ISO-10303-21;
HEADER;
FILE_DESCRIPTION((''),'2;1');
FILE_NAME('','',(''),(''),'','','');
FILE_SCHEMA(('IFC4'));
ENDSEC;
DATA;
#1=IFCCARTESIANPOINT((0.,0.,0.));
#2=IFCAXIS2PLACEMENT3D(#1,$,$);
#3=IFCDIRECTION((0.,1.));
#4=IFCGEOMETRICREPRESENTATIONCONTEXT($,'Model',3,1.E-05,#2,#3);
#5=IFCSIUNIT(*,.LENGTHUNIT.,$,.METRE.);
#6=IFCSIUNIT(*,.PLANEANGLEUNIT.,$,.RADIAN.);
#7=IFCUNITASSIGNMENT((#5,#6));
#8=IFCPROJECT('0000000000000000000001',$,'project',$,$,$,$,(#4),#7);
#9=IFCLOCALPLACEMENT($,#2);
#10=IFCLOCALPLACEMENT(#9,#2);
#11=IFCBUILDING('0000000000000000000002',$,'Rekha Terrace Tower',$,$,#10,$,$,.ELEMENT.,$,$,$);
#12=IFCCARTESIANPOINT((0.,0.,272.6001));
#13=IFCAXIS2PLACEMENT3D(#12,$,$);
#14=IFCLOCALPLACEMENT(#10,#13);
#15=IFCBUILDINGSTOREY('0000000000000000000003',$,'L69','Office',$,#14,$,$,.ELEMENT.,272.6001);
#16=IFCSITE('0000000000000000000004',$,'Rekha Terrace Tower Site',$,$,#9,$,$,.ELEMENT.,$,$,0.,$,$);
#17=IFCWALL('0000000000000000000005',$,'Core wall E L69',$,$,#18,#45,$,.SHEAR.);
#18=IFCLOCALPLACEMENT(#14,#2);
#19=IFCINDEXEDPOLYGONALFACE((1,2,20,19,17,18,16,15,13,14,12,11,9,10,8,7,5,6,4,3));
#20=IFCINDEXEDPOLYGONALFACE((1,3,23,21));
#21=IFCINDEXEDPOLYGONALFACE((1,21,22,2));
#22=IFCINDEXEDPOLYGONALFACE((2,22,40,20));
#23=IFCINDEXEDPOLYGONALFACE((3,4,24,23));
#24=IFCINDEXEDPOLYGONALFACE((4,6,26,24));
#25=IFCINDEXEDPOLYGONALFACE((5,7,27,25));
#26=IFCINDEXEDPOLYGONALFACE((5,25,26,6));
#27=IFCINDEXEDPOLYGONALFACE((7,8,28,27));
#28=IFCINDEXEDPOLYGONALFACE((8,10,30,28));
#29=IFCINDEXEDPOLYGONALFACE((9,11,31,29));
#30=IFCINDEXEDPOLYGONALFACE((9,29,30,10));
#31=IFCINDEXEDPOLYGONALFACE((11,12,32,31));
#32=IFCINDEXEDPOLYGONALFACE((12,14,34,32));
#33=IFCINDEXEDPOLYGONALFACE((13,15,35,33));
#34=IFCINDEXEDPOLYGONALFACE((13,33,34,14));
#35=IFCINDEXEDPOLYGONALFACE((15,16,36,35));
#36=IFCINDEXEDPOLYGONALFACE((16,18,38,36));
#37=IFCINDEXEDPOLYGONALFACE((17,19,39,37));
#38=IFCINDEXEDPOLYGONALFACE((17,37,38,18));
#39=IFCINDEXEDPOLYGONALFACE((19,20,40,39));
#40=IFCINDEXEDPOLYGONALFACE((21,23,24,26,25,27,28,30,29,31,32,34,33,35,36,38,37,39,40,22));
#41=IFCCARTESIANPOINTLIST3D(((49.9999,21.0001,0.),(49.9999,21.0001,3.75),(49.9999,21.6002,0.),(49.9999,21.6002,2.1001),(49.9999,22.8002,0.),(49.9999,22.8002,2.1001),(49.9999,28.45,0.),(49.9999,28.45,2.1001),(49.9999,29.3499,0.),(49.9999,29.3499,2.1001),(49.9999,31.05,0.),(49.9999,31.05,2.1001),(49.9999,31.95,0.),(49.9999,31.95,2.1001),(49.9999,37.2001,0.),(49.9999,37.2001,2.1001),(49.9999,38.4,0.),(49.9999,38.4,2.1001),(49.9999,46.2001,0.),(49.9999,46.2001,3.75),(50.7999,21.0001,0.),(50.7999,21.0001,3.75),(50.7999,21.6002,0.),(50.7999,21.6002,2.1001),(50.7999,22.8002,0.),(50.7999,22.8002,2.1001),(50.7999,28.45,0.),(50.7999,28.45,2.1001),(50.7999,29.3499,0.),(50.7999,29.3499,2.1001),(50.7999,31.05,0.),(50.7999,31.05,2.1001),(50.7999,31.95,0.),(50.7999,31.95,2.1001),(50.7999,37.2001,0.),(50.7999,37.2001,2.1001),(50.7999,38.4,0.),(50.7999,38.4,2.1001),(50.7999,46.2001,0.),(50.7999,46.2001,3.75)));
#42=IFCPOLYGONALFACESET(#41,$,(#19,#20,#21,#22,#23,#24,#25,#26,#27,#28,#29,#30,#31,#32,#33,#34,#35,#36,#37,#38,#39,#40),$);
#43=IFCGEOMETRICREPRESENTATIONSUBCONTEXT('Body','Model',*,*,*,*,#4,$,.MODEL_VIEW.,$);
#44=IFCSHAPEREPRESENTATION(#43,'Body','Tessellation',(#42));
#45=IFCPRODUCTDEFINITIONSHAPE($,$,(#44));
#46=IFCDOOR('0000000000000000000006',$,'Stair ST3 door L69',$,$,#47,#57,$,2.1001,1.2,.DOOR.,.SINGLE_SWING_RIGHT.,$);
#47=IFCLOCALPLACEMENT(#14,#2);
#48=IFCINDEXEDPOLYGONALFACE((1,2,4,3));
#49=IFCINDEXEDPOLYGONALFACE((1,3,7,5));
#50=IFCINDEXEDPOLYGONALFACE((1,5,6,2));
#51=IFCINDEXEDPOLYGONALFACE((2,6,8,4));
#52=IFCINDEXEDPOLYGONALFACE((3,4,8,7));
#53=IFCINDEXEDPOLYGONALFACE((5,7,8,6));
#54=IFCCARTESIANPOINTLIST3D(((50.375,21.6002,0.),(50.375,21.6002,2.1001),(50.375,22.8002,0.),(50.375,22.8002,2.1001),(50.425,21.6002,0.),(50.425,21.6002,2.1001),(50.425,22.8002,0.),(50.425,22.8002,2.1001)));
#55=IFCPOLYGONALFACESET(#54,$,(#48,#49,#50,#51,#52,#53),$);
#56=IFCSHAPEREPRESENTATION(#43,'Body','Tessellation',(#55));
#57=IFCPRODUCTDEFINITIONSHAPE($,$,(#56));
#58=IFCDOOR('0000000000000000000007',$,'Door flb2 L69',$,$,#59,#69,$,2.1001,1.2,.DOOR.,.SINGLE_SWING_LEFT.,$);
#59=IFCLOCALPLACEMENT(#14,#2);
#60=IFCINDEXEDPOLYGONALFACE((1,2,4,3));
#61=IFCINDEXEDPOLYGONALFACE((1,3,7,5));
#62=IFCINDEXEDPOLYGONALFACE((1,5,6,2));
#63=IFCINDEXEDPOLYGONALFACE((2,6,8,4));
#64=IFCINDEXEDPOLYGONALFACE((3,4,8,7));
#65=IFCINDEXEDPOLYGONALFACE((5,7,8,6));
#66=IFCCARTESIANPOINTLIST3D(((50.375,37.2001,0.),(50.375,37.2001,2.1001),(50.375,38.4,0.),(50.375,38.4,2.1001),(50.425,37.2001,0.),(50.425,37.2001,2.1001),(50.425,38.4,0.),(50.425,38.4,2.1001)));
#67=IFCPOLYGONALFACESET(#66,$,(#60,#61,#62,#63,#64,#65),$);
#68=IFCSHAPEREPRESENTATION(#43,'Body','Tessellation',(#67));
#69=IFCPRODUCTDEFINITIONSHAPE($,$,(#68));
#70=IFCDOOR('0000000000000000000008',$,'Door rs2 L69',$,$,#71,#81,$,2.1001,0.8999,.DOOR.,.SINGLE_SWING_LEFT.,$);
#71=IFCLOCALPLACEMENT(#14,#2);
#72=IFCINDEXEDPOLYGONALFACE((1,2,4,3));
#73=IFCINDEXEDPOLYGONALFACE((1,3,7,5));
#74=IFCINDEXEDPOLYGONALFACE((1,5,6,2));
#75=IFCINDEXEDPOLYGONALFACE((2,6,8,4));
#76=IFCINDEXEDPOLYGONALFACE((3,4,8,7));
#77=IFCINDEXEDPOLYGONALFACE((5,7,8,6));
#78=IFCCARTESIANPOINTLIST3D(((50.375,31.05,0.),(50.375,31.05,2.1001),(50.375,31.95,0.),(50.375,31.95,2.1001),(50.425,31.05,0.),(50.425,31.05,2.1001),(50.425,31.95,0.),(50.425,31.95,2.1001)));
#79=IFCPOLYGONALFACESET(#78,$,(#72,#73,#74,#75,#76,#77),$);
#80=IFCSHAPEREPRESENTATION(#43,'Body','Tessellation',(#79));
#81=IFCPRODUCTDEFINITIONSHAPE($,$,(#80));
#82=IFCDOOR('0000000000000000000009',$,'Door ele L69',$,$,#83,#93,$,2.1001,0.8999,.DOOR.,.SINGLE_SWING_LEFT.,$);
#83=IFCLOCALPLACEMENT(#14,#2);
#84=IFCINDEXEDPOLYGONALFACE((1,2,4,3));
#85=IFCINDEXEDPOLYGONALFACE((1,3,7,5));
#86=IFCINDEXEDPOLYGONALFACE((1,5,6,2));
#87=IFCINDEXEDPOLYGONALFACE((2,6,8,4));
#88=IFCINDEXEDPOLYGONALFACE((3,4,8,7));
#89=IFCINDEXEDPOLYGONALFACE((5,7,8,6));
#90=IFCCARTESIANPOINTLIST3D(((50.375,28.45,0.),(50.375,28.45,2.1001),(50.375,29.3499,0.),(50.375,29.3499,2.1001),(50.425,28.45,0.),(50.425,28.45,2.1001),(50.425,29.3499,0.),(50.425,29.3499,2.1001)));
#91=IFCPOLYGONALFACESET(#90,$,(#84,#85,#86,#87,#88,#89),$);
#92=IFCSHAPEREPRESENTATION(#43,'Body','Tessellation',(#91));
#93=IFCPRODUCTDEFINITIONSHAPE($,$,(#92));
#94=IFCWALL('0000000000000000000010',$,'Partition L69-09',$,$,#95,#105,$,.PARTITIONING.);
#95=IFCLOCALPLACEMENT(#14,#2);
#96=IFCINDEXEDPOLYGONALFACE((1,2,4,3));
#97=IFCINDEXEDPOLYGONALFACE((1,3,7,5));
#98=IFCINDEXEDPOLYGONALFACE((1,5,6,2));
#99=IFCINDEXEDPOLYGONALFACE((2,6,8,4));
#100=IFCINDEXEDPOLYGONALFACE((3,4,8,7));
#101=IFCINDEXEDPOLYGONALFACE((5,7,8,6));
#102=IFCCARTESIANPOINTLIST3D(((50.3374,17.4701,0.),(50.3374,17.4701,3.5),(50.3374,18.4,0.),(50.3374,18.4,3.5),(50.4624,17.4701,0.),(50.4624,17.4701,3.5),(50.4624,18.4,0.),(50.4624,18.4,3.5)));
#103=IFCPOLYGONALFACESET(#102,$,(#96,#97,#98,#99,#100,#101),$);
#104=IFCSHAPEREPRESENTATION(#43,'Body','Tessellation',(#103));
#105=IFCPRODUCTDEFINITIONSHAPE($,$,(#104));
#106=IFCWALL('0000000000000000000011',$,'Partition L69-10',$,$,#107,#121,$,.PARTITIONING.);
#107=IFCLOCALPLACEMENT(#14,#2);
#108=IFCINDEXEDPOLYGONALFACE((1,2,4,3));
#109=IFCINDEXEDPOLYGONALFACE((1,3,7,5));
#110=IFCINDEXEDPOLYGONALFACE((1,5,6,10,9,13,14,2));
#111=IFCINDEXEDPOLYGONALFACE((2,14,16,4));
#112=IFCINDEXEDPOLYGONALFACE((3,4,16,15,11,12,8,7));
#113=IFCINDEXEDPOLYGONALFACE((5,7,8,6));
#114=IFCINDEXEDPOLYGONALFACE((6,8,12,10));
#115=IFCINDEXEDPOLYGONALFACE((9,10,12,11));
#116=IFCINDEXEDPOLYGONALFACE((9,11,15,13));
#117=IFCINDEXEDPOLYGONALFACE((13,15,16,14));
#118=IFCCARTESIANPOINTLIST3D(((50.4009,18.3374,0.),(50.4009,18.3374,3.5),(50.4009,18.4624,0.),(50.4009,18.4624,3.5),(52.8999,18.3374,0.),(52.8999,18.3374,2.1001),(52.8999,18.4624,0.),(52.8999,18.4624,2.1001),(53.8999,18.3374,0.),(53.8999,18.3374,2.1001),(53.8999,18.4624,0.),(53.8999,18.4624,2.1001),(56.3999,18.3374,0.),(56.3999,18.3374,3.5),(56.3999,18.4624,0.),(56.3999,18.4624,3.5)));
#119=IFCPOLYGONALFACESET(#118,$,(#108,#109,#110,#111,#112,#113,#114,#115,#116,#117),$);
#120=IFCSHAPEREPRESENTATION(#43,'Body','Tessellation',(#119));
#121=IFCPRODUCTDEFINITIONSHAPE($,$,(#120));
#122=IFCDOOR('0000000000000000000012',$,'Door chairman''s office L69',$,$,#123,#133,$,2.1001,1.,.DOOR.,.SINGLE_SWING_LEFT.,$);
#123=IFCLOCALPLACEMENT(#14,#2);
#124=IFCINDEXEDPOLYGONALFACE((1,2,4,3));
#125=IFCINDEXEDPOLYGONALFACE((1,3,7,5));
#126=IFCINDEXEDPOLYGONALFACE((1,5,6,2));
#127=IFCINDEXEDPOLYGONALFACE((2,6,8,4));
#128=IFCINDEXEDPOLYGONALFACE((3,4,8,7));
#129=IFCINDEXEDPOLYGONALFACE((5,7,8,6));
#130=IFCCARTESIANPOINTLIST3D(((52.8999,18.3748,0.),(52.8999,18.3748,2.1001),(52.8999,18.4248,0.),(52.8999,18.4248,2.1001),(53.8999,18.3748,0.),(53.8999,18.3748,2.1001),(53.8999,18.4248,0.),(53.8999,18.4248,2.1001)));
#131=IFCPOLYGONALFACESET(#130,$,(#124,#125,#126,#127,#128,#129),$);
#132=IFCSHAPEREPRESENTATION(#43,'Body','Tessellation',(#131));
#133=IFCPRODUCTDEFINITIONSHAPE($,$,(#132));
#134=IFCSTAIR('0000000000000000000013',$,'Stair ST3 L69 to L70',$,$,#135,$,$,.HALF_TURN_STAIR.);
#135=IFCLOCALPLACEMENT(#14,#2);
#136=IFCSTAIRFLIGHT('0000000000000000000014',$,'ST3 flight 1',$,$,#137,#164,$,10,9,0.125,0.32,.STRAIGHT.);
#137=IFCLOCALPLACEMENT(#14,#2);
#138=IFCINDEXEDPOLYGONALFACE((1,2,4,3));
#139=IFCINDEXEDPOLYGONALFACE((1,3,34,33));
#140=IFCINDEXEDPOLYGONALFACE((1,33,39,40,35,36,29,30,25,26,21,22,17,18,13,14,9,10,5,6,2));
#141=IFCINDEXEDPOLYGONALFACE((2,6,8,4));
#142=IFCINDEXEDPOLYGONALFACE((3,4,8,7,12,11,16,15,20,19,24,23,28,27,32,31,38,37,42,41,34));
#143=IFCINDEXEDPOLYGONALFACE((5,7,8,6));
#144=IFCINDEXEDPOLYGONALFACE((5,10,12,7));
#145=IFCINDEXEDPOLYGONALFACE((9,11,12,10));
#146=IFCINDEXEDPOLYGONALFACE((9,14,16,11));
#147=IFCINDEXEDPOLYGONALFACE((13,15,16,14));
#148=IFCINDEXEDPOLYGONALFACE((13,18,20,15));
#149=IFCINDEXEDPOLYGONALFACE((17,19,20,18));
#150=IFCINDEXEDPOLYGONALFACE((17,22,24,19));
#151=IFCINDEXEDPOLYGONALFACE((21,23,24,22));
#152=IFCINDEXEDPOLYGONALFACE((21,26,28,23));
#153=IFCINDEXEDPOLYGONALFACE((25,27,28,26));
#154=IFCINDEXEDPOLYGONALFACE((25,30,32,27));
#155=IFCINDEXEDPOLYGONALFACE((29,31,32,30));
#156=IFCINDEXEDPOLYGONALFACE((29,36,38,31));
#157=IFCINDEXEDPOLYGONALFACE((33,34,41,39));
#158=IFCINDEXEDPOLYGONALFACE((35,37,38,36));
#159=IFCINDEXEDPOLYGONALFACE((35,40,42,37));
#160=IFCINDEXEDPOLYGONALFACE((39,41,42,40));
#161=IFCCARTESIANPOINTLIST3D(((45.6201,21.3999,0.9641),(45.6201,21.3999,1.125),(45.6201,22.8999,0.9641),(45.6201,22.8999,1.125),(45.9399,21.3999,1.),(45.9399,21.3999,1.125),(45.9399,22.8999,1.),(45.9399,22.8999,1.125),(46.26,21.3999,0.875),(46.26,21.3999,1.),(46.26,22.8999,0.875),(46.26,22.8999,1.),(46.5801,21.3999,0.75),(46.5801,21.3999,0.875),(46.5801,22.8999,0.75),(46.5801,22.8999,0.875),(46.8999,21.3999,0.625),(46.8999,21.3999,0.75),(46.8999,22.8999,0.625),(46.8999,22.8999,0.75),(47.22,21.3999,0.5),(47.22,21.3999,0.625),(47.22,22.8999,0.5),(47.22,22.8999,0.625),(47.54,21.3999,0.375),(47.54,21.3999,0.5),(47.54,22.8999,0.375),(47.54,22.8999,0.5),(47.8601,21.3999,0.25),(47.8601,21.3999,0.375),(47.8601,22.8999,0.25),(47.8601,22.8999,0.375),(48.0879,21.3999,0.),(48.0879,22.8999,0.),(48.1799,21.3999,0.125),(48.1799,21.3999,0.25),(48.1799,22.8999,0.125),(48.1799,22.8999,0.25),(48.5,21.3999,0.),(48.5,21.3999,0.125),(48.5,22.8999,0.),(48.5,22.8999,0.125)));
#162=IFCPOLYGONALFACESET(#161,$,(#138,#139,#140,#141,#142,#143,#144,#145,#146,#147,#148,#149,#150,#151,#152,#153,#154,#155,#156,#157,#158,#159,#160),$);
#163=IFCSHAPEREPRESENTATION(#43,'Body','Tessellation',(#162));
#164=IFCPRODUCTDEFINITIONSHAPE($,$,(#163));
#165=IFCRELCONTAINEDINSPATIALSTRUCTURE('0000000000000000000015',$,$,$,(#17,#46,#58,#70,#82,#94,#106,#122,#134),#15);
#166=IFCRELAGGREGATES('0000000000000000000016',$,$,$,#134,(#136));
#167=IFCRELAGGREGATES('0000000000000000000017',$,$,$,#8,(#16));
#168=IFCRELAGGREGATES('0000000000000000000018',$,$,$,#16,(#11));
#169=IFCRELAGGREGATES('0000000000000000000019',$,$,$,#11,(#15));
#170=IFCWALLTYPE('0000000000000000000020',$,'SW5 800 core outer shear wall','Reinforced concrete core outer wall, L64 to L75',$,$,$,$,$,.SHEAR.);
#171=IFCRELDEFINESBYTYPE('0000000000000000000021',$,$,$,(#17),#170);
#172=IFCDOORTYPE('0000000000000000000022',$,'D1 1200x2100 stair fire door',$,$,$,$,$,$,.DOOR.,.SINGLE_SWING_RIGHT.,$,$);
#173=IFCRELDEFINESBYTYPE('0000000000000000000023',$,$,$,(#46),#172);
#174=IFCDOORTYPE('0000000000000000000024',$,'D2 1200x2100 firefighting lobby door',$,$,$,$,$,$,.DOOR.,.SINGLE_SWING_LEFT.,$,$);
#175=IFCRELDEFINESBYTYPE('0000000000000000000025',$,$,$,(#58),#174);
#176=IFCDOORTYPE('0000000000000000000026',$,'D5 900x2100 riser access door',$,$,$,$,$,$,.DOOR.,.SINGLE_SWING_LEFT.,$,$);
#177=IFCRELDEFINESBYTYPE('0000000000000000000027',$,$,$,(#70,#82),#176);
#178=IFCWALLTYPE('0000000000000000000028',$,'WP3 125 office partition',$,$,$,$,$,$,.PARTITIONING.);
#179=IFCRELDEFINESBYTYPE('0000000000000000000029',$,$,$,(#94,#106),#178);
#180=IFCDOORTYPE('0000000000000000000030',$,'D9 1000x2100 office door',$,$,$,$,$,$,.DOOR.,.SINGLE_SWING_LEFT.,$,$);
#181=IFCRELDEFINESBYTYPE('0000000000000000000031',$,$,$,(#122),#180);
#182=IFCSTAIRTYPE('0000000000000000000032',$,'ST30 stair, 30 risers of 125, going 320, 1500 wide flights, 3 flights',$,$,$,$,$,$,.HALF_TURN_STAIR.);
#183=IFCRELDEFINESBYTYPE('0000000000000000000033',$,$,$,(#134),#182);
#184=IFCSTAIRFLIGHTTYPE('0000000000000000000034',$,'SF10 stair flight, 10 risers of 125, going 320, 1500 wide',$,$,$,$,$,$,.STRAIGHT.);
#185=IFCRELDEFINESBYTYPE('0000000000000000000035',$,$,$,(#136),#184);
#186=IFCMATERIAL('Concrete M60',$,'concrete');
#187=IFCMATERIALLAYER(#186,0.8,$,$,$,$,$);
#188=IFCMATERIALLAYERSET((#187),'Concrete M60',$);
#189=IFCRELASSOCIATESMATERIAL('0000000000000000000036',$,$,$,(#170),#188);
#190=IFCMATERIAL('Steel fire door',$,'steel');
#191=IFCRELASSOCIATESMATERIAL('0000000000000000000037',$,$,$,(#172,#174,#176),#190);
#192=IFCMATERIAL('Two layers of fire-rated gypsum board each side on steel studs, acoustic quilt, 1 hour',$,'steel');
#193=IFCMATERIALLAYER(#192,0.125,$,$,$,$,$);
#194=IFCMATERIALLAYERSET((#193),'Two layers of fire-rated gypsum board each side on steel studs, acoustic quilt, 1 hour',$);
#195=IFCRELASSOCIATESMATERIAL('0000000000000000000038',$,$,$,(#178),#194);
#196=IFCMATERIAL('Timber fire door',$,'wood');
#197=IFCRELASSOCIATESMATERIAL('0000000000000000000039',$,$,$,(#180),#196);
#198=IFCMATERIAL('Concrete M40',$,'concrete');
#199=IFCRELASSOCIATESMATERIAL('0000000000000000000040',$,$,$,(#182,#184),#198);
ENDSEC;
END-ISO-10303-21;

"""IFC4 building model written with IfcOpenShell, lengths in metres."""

from ifc_helpers import new_model, si_unit, direction, frame, frame_2d, origin, place, context, subcontext, project, spatial, polyline, rectangle, outline, extrude, material, layer, layer_set, type_object, element, fill, aggregate, save


model = new_model("IFC4")

# Units and contexts
model_context = context("Model", 3, precision=1e-05, world=origin(), true_north=direction((0.0, 1.0)))
body_context = subcontext(model_context, "Body", "Model", "MODEL_VIEW")
ifc_project = project(units=[si_unit("LENGTHUNIT", "METRE"), si_unit("PLANEANGLEUNIT", "RADIAN")], contexts=[model_context])

# Site, building, storey
site_placement = place(None, origin())
site = spatial("IfcSite", under=ifc_project, at=site_placement, Name="Rekha Terrace Tower Site", CompositionType="ELEMENT", RefElevation=0.0)
building_placement = place(site_placement, origin())
building = spatial("IfcBuilding", under=site, at=building_placement, Name="Rekha Terrace Tower", CompositionType="ELEMENT")
storey_placement = place(building_placement, frame((0.0, 0.0, 272.6001)))
storey = spatial("IfcBuildingStorey", under=building, at=storey_placement, Name="L69", Description="Office", CompositionType="ELEMENT", Elevation=272.6001)

# Shared definitions
ifc_material_1 = material(Name="Concrete M60", Category="concrete")

# Wall, openings, doors
ifc_layer_1 = layer(ifc_material_1, 0.8)
ifc_layer_set_1 = layer_set([ifc_layer_1], Name="Concrete M60")
wall_type_1 = type_object("IfcWallType", Name="SW5 800 core outer shear wall", Description="Reinforced concrete core outer wall, L64 to L75", PredefinedType="SHEAR", material=ifc_layer_set_1)
wall_1_placement = place(storey_placement, frame((50.3999, 21.0, 0.0), z_axis=(0.0, 0.0, 1.0), x_axis=(0.0, 1.0, 0.0)))
wall_1 = element("IfcWall", 1, at=wall_1_placement, inside=storey, type_object=wall_type_1, Name="Core wall E L69", PredefinedType="SHEAR", context=body_context, shape_type="SweptSolid", body=[
    extrude(rectangle(XDim=25.2, YDim=0.8, at=frame_2d((12.6001, 0.0))), origin(), (0.0, 0.0, 1.0), 3.75),
])
opening_1_placement = place(wall_1_placement, frame((16.2, 0.0, 0.0)))
opening_1 = element("IfcOpeningElement", 2, at=opening_1_placement, cuts=wall_1, PredefinedType="OPENING", context=body_context, shape_type="SweptSolid", body=[
    extrude(rectangle(XDim=1.2, YDim=2.1001, at=frame_2d((0.6001, 1.05))), frame((0.0, 0.4099, 0.0), z_axis=(0.0, -1.0, 0.0), x_axis=(1.0, 0.0, 0.0)), (0.0, 0.0, 1.0), 0.8201),
])
opening_2_placement = place(wall_1_placement, frame((10.05, 0.0, 0.0)))
opening_2 = element("IfcOpeningElement", 3, at=opening_2_placement, cuts=wall_1, PredefinedType="OPENING", context=body_context, shape_type="SweptSolid", body=[
    extrude(rectangle(XDim=0.8999, YDim=2.1001, at=frame_2d((0.45, 1.05))), frame((0.0, 0.4099, 0.0), z_axis=(0.0, -1.0, 0.0), x_axis=(1.0, 0.0, 0.0)), (0.0, 0.0, 1.0), 0.8201),
])
opening_3_placement = place(wall_1_placement, frame((7.45, 0.0, 0.0)))
opening_3 = element("IfcOpeningElement", 4, at=opening_3_placement, cuts=wall_1, PredefinedType="OPENING", context=body_context, shape_type="SweptSolid", body=[
    extrude(rectangle(XDim=0.8999, YDim=2.1001, at=frame_2d((0.45, 1.05))), frame((0.0, 0.4099, 0.0), z_axis=(0.0, -1.0, 0.0), x_axis=(1.0, 0.0, 0.0)), (0.0, 0.0, 1.0), 0.8201),
])
opening_4_placement = place(wall_1_placement, frame((0.6001, 0.0, 0.0)))
opening_4 = element("IfcOpeningElement", 5, at=opening_4_placement, cuts=wall_1, PredefinedType="OPENING", context=body_context, shape_type="SweptSolid", body=[
    extrude(rectangle(XDim=1.2, YDim=2.1001, at=frame_2d((0.6001, 1.05))), frame((0.0, 0.4099, 0.0), z_axis=(0.0, -1.0, 0.0), x_axis=(1.0, 0.0, 0.0)), (0.0, 0.0, 1.0), 0.8201),
])
ifc_material_2 = material(Name="Steel fire door", Category="steel")
door_type_1 = type_object("IfcDoorType", Name="D1 1200x2100 stair fire door", OperationType="SINGLE_SWING_RIGHT", PredefinedType="DOOR", material=ifc_material_2)
door_1_placement = place(opening_4_placement, origin())
door_1 = element("IfcDoor", 6, at=door_1_placement, inside=storey, type_object=door_type_1, Name="Stair ST3 door L69", OperationType="SINGLE_SWING_RIGHT", OverallHeight=2.1001, OverallWidth=1.2, PredefinedType="DOOR", context=body_context, shape_type="SweptSolid", body=[
    extrude(rectangle(XDim=1.2, YDim=2.1001, at=frame_2d((0.6001, 1.05))), frame((0.0, 0.0249, 0.0), z_axis=(0.0, -1.0, 0.0), x_axis=(1.0, 0.0, 0.0)), (0.0, 0.0, 1.0), 0.05),
])
fill(opening_4, door_1)
door_type_2 = type_object("IfcDoorType", Name="D2 1200x2100 firefighting lobby door", OperationType="SINGLE_SWING_LEFT", PredefinedType="DOOR", material=ifc_material_2)
door_2_placement = place(opening_1_placement, origin())
door_2 = element("IfcDoor", 7, at=door_2_placement, inside=storey, type_object=door_type_2, Name="Door flb2 L69", OperationType="SINGLE_SWING_LEFT", OverallHeight=2.1001, OverallWidth=1.2, PredefinedType="DOOR", context=body_context, shape_type="SweptSolid", body=[
    extrude(rectangle(XDim=1.2, YDim=2.1001, at=frame_2d((0.6001, 1.05))), frame((0.0, 0.0249, 0.0), z_axis=(0.0, -1.0, 0.0), x_axis=(1.0, 0.0, 0.0)), (0.0, 0.0, 1.0), 0.05),
])
fill(opening_1, door_2)
door_type_3 = type_object("IfcDoorType", Name="D5 900x2100 riser access door", OperationType="SINGLE_SWING_LEFT", PredefinedType="DOOR", material=ifc_material_2)
door_3_placement = place(opening_2_placement, origin())
door_3 = element("IfcDoor", 8, at=door_3_placement, inside=storey, type_object=door_type_3, Name="Door rs2 L69", OperationType="SINGLE_SWING_LEFT", OverallHeight=2.1001, OverallWidth=0.8999, PredefinedType="DOOR", context=body_context, shape_type="SweptSolid", body=[
    extrude(rectangle(XDim=0.8999, YDim=2.1001, at=frame_2d((0.45, 1.05))), frame((0.0, 0.0249, 0.0), z_axis=(0.0, -1.0, 0.0), x_axis=(1.0, 0.0, 0.0)), (0.0, 0.0, 1.0), 0.05),
])
fill(opening_2, door_3)
door_4_placement = place(opening_3_placement, origin())
door_4 = element("IfcDoor", 9, at=door_4_placement, inside=storey, type_object=door_type_3, Name="Door ele L69", OperationType="SINGLE_SWING_LEFT", OverallHeight=2.1001, OverallWidth=0.8999, PredefinedType="DOOR", context=body_context, shape_type="SweptSolid", body=[
    extrude(rectangle(XDim=0.8999, YDim=2.1001, at=frame_2d((0.45, 1.05))), frame((0.0, 0.0249, 0.0), z_axis=(0.0, -1.0, 0.0), x_axis=(1.0, 0.0, 0.0)), (0.0, 0.0, 1.0), 0.05),
])
fill(opening_3, door_4)

# Wall
ifc_material_3 = material(Name="Two layers of fire-rated gypsum board each side on steel studs, acoustic quilt, 1 hour", Category="steel")
ifc_layer_2 = layer(ifc_material_3, 0.125)
ifc_layer_set_2 = layer_set([ifc_layer_2], Name="Two layers of fire-rated gypsum board each side on steel studs, acoustic quilt, 1 hour")
wall_type_2 = type_object("IfcWallType", Name="WP3 125 office partition", PredefinedType="PARTITIONING", material=ifc_layer_set_2)
wall_2_placement = place(storey_placement, frame((50.3999, 18.3999, 0.0), z_axis=(0.0, 0.0, 1.0), x_axis=(0.0, -1.0, 0.0)))
element("IfcWall", 10, at=wall_2_placement, inside=storey, type_object=wall_type_2, Name="Partition L69-09", PredefinedType="PARTITIONING", context=body_context, shape_type="SweptSolid", body=[
    extrude(rectangle(XDim=0.9299, YDim=0.125, at=frame_2d((0.4648, 0.0))), origin(), (0.0, 0.0, 1.0), 3.5),
])

# Wall, opening, door
wall_3_placement = place(storey_placement, frame((50.4009, 18.3999, 0.0), z_axis=(0.0, 0.0, 1.0), x_axis=(1.0, 0.0, 0.0)))
wall_3 = element("IfcWall", 11, at=wall_3_placement, inside=storey, type_object=wall_type_2, Name="Partition L69-10", PredefinedType="PARTITIONING", context=body_context, shape_type="SweptSolid", body=[
    extrude(rectangle(XDim=5.999, YDim=0.125, at=frame_2d((2.9995, 0.0))), origin(), (0.0, 0.0, 1.0), 3.5),
])
opening_5_placement = place(wall_3_placement, frame((2.499, 0.0, 0.0)))
opening_5 = element("IfcOpeningElement", 12, at=opening_5_placement, cuts=wall_3, PredefinedType="OPENING", context=body_context, shape_type="SweptSolid", body=[
    extrude(rectangle(XDim=1.0, YDim=2.1001, at=frame_2d((0.5, 1.05))), frame((0.0, 0.0725, 0.0), z_axis=(0.0, -1.0, 0.0), x_axis=(1.0, 0.0, 0.0)), (0.0, 0.0, 1.0), 0.145),
])
ifc_material_4 = material(Name="Timber fire door", Category="wood")
door_type_4 = type_object("IfcDoorType", Name="D9 1000x2100 office door", OperationType="SINGLE_SWING_LEFT", PredefinedType="DOOR", material=ifc_material_4)
door_5_placement = place(opening_5_placement, origin())
door_5 = element("IfcDoor", 13, at=door_5_placement, inside=storey, type_object=door_type_4, Name="Door chairman's office L69", OperationType="SINGLE_SWING_LEFT", OverallHeight=2.1001, OverallWidth=1.0, PredefinedType="DOOR", context=body_context, shape_type="SweptSolid", body=[
    extrude(rectangle(XDim=1.0, YDim=2.1001, at=frame_2d((0.5, 1.05))), frame((0.0, 0.0249, 0.0), z_axis=(0.0, -1.0, 0.0), x_axis=(1.0, 0.0, 0.0)), (0.0, 0.0, 1.0), 0.05),
])
fill(opening_5, door_5)

# Stair, stair flight
ifc_material_5 = material(Name="Concrete M40", Category="concrete")
stair_type = type_object("IfcStairType", Name="ST30 stair, 30 risers of 125, going 320, 1500 wide flights, 3 flights", PredefinedType="HALF_TURN_STAIR", material=ifc_material_5)
stair_placement = place(storey_placement, origin())
stair = element("IfcStair", 14, at=stair_placement, inside=storey, type_object=stair_type, Name="Stair ST3 L69 to L70", PredefinedType="HALF_TURN_STAIR")
stair_flight_type = type_object("IfcStairFlightType", Name="SF10 stair flight, 10 risers of 125, going 320, 1500 wide", PredefinedType="STRAIGHT", material=ifc_material_5)
stair_flight_1_placement = place(storey_placement, frame((48.5, 22.1499, 0.0), z_axis=(0.0, 0.0, 1.0), x_axis=(-1.0, 0.0, 0.0)))
stair_flight_1 = element("IfcStairFlight", 15, at=stair_flight_1_placement, type_object=stair_flight_type, Name="ST3 flight 1", NumberOfRisers=10, NumberOfTreads=9, PredefinedType="STRAIGHT", RiserHeight=0.125, TreadLength=0.32, context=body_context, shape_type="SweptSolid", body=[
    extrude(outline(polyline([(0.0, 0.0), (0.0, 0.125), (0.3201, 0.125), (0.3201, 0.25), (0.6399, 0.25), (0.6399, 0.375), (0.96, 0.375), (0.96, 0.5), (1.28, 0.5), (1.28, 0.625), (1.6001, 0.625), (1.6001, 0.75), (1.9199, 0.75), (1.9199, 0.875), (2.24, 0.875), (2.24, 1.0), (2.5601, 1.0), (2.5601, 1.125), (2.8799, 1.125), (2.8799, 1.25), (2.8799, 0.9641), (0.4121, 0.0), (0.0, 0.0)])), frame((0.0, 0.75, 0.0), z_axis=(0.0, -1.0, 0.0), x_axis=(1.0, 0.0, 0.0)), (0.0, 0.0, 1.0), 1.5),
])
aggregate(stair, [stair_flight_1])

save(model, "model.ifc")
